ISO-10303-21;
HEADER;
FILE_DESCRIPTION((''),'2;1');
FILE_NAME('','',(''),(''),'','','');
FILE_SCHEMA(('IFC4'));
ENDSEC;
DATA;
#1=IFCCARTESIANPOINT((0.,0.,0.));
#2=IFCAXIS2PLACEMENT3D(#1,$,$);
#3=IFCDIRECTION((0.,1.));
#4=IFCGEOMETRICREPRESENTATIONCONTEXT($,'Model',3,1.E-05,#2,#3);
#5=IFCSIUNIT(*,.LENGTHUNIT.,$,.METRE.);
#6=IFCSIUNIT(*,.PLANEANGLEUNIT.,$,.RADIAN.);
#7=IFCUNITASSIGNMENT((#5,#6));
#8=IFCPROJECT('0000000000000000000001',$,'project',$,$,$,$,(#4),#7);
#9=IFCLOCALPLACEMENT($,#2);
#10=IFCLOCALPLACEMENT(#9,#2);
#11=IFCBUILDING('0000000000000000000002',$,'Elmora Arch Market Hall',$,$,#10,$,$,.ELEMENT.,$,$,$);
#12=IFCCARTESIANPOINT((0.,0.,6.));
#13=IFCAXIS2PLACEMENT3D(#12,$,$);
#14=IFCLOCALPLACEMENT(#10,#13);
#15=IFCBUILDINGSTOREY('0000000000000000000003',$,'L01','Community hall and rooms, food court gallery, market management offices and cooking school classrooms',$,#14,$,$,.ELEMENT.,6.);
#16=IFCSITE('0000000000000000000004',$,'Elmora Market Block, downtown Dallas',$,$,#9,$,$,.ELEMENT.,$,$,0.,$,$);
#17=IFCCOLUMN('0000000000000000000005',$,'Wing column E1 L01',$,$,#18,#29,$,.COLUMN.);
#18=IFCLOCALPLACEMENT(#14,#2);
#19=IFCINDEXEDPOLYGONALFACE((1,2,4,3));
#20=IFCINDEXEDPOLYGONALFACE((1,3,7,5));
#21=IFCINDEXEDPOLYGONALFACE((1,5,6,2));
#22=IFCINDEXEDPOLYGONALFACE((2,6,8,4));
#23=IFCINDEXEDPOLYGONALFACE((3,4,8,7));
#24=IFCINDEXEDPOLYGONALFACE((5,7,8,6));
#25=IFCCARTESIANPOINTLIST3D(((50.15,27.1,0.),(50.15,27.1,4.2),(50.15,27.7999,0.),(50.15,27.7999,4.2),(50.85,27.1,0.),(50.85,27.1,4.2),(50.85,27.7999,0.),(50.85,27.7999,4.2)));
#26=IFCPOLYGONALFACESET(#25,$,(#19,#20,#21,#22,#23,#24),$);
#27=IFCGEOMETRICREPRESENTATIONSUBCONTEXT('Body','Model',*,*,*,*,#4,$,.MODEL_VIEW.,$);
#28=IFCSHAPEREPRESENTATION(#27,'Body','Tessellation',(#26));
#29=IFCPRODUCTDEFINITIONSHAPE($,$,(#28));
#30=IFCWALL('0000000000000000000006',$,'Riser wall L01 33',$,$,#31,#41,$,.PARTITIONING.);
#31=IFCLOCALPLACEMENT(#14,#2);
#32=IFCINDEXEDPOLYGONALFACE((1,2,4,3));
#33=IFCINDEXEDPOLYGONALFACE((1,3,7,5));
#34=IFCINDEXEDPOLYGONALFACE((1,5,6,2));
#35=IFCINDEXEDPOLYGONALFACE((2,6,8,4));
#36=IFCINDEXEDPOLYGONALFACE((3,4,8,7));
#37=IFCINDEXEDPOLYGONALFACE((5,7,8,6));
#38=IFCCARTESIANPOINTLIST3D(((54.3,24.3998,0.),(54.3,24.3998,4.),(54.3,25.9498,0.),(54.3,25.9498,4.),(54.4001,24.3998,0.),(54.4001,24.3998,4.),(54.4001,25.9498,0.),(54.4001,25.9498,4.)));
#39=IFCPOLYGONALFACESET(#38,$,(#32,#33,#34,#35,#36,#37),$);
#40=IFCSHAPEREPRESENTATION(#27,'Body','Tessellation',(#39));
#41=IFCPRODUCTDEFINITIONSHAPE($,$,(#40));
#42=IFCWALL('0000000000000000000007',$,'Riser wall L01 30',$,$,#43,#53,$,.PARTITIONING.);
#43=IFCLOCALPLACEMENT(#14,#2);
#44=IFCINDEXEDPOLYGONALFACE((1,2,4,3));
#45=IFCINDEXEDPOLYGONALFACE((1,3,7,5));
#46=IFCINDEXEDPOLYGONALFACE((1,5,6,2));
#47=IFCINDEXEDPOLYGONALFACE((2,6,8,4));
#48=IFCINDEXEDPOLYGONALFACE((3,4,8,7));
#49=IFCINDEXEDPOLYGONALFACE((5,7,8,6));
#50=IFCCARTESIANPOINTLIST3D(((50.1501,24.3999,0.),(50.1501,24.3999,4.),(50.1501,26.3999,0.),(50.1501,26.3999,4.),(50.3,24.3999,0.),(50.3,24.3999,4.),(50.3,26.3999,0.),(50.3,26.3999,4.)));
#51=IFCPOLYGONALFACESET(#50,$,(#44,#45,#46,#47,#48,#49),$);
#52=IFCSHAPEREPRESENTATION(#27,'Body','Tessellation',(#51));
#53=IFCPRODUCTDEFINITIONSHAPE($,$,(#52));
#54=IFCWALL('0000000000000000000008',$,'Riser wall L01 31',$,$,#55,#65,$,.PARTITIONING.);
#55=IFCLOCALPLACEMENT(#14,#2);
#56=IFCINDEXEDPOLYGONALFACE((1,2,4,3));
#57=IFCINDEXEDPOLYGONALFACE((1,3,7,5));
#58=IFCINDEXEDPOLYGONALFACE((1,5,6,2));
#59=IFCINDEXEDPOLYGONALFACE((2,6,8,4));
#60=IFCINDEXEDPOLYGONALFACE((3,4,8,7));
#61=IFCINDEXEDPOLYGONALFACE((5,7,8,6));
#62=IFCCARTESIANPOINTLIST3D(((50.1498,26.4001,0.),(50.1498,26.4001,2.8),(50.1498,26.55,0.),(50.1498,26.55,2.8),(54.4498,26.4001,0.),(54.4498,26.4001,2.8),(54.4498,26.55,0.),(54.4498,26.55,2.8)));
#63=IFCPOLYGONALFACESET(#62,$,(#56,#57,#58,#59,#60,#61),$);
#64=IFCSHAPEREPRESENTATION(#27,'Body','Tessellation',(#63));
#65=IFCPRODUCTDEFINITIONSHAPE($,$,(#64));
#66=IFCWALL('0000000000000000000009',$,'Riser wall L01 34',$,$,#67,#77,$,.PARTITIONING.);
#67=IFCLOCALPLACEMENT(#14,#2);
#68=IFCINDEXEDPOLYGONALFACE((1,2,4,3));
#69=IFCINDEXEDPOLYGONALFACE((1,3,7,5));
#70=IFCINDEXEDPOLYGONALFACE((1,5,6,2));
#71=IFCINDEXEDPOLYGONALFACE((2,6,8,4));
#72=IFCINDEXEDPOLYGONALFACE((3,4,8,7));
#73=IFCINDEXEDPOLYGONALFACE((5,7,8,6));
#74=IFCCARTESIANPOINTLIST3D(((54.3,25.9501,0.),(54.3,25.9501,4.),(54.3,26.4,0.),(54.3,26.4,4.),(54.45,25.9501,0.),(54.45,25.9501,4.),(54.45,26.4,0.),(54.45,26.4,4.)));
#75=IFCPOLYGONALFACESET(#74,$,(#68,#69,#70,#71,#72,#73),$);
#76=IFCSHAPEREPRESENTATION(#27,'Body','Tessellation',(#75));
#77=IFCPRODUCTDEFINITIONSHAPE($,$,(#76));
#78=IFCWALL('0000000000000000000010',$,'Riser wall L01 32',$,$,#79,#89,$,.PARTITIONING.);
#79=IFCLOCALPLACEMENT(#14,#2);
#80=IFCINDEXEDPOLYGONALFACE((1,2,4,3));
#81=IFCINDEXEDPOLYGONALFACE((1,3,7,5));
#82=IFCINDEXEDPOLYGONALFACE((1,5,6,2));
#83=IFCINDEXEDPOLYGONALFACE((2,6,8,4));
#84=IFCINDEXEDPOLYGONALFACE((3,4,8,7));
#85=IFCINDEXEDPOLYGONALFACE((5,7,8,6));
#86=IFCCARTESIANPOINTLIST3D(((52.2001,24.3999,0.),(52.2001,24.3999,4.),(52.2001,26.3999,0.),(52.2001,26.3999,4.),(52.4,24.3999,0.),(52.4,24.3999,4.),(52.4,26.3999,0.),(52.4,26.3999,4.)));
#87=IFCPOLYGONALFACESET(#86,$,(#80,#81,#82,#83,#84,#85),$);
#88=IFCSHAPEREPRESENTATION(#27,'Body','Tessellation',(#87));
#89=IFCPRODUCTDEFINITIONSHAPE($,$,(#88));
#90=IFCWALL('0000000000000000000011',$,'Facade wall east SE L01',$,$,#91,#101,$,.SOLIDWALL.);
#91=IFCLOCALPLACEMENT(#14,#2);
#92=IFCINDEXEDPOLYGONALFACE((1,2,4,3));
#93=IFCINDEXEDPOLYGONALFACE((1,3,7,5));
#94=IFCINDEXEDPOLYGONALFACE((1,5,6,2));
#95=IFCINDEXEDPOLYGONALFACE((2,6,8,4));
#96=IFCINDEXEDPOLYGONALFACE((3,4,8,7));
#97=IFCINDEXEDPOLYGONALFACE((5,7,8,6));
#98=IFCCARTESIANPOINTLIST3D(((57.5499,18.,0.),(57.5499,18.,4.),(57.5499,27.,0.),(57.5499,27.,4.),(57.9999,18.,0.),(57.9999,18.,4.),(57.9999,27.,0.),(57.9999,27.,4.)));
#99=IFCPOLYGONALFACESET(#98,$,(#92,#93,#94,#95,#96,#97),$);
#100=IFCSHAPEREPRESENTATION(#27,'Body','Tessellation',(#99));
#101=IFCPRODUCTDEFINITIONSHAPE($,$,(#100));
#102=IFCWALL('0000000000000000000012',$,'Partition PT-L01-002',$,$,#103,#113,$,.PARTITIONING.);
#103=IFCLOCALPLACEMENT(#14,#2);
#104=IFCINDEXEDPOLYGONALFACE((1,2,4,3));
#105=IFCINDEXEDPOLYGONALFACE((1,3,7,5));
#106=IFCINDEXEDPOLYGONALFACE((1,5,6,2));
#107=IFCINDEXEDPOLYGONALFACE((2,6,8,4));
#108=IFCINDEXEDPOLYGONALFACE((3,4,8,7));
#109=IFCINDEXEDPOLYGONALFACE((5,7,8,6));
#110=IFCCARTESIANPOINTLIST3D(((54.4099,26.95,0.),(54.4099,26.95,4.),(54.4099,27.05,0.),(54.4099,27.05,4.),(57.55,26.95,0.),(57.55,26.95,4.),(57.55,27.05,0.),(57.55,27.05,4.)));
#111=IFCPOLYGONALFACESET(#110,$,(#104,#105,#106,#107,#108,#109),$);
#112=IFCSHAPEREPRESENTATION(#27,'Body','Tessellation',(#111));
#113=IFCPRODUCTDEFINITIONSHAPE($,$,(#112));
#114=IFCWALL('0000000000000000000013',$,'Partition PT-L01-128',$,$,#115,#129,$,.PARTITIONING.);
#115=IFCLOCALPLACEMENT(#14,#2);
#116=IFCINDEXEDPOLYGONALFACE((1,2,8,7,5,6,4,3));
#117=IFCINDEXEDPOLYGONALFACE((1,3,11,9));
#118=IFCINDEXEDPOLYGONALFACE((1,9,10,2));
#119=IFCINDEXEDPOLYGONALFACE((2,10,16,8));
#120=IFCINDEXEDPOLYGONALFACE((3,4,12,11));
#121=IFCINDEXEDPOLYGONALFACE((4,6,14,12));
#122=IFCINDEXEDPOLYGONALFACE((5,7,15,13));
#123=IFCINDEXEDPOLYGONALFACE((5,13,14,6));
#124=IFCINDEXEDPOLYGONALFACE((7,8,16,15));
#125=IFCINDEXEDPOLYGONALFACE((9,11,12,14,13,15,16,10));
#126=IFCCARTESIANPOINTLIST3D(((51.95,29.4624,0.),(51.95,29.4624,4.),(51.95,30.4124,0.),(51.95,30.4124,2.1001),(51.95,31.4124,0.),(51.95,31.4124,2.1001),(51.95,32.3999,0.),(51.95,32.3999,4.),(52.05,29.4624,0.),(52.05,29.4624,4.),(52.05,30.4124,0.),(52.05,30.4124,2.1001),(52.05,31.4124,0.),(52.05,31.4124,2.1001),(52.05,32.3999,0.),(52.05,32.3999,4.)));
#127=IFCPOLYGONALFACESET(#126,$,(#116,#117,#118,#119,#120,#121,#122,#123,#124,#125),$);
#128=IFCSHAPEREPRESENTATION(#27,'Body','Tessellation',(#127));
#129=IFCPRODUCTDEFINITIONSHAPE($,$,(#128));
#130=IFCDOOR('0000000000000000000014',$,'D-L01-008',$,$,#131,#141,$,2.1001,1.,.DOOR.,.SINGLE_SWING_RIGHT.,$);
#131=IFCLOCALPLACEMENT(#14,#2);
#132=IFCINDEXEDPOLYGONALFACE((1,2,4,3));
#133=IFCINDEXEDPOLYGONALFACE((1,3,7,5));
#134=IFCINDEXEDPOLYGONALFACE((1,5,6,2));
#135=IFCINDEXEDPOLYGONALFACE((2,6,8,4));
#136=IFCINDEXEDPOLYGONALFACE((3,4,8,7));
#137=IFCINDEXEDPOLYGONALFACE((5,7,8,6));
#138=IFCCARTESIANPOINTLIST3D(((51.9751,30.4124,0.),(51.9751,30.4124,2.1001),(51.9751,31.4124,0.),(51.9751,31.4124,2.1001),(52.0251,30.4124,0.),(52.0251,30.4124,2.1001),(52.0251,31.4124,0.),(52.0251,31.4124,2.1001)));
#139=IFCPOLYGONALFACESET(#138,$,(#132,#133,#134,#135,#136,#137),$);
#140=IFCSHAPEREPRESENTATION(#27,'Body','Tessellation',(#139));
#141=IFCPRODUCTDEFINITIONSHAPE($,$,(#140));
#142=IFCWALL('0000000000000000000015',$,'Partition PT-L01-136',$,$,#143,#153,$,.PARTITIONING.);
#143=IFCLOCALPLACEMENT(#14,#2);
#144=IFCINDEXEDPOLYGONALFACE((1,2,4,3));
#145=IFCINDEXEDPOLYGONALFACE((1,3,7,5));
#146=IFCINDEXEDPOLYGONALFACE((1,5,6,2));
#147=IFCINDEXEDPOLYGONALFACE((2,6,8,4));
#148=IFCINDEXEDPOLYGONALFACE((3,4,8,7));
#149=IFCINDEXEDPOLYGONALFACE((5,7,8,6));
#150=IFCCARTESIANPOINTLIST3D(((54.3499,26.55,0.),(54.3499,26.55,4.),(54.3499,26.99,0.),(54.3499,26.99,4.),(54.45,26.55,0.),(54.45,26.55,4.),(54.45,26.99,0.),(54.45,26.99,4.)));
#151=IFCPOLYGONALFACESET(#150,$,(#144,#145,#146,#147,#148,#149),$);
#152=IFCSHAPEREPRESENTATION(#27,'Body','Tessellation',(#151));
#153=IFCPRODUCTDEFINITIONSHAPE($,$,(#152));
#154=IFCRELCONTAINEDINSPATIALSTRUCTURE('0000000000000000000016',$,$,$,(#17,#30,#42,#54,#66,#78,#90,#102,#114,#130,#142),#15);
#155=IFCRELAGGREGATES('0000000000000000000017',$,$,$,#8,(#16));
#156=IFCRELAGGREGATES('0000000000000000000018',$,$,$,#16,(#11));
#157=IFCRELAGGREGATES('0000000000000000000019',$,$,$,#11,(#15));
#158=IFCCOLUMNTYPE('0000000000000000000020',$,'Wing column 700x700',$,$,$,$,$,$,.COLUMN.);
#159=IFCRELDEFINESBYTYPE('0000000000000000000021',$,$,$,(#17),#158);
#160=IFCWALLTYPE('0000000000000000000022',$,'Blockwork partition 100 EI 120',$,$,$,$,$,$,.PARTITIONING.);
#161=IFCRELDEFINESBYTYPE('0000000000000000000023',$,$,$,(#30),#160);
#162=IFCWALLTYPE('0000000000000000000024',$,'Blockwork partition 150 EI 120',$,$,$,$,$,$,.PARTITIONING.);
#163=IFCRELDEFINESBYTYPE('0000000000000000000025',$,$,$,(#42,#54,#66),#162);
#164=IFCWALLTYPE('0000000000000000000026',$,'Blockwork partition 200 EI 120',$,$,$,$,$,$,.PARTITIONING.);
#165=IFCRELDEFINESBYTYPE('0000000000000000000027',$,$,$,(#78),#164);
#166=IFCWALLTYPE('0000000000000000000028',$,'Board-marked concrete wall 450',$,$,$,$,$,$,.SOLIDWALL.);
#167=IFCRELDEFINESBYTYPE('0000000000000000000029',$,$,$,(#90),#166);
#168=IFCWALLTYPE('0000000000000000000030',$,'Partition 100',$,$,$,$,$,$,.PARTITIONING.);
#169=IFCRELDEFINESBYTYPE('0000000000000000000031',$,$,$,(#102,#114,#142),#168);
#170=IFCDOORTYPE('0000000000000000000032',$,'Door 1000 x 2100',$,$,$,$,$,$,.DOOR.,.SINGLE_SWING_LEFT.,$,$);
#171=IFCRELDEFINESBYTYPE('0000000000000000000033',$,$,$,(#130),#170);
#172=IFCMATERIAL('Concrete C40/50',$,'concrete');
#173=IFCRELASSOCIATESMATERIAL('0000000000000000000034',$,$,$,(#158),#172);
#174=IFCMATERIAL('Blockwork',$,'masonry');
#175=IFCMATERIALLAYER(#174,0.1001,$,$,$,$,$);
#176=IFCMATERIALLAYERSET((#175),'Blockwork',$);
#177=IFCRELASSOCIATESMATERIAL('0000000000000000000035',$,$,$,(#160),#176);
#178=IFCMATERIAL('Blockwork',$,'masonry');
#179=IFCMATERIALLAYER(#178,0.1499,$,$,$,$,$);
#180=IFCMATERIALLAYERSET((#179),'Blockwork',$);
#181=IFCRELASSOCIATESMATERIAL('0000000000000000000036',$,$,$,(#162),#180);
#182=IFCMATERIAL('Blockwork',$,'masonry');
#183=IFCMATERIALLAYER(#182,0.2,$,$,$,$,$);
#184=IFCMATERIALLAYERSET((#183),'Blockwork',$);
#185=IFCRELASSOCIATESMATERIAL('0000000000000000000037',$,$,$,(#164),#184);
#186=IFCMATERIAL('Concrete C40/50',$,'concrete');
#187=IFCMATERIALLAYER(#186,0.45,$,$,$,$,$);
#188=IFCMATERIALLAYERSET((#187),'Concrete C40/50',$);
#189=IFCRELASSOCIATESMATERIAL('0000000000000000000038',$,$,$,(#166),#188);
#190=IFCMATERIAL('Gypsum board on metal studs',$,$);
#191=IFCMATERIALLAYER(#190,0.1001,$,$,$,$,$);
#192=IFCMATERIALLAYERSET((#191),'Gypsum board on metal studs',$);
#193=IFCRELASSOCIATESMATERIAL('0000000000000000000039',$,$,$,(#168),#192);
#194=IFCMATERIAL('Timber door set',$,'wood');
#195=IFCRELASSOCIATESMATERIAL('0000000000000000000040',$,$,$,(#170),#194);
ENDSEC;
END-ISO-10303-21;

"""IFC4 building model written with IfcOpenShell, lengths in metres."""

from ifc_helpers import new_model, si_unit, direction, frame, frame_2d, origin, origin_2d, place, context, subcontext, project, spatial, rectangle, extrude, material, layer, layer_set, material_profile, profile_set, type_object, element, fill, save


model = new_model("IFC4")

# Units and contexts
model_context = context("Model", 3, precision=1e-05, world=origin(), true_north=direction((0.0, 1.0)))
body_context = subcontext(model_context, "Body", "Model", "MODEL_VIEW")
ifc_project = project(units=[si_unit("LENGTHUNIT", "METRE"), si_unit("PLANEANGLEUNIT", "RADIAN")], contexts=[model_context])

# Site, building, storey
site_placement = place(None, origin())
site = spatial("IfcSite", under=ifc_project, at=site_placement, Name="Elmora Market Block, downtown Dallas", CompositionType="ELEMENT", RefElevation=0.0)
building_placement = place(site_placement, origin())
building = spatial("IfcBuilding", under=site, at=building_placement, Name="Elmora Arch Market Hall", CompositionType="ELEMENT")
storey_placement = place(building_placement, frame((0.0, 0.0, 6.0)))
storey = spatial("IfcBuildingStorey", under=building, at=storey_placement, Name="L01", Description="Community hall and rooms, food court gallery, market management offices and cooking school classrooms", CompositionType="ELEMENT", Elevation=6.0)

# Column
ifc_material_1 = material(Name="Concrete C40/50", Category="concrete")
ifc_material_profile = material_profile(ifc_material_1, rectangle(XDim=0.7, YDim=0.7, at=origin_2d()), Name="Wing column 700x700")
ifc_profile_set = profile_set([ifc_material_profile], Name="Concrete C40/50")
column_type = type_object("IfcColumnType", Name="Wing column 700x700", PredefinedType="COLUMN", material=ifc_profile_set)
column_placement = place(storey_placement, frame((50.5, 27.45, 0.0), z_axis=(0.0, 0.0, 1.0), x_axis=(1.0, 0.0, 0.0)))
element("IfcColumn", 1, at=column_placement, inside=storey, type_object=column_type, Name="Wing column E1 L01", PredefinedType="COLUMN", context=body_context, shape_type="SweptSolid", body=[
    extrude(rectangle(XDim=0.7, YDim=0.7, at=origin_2d()), origin(), (0.0, 0.0, 1.0), 4.2),
])

# Walls
ifc_material_2 = material(Name="Blockwork", Category="masonry")
ifc_layer_1 = layer(ifc_material_2, 0.1001)
ifc_layer_set_1 = layer_set([ifc_layer_1], Name="Blockwork")
wall_type_1 = type_object("IfcWallType", Name="Blockwork partition 100 EI 120", PredefinedType="PARTITIONING", material=ifc_layer_set_1)
wall_1_placement = place(storey_placement, frame((54.3501, 24.3999, 0.0), z_axis=(0.0, 0.0, 1.0), x_axis=(0.0, 1.0, 0.0)))
element("IfcWall", 2, at=wall_1_placement, inside=storey, type_object=wall_type_1, Name="Riser wall L01 33", PredefinedType="PARTITIONING", context=body_context, shape_type="SweptSolid", body=[
    extrude(rectangle(XDim=1.55, YDim=0.1001, at=frame_2d((0.7749, 0.0))), origin(), (0.0, 0.0, 1.0), 4.0),
])
ifc_material_3 = material(Name="Blockwork", Category="masonry")
ifc_layer_2 = layer(ifc_material_3, 0.1499)
ifc_layer_set_2 = layer_set([ifc_layer_2], Name="Blockwork")
wall_type_2 = type_object("IfcWallType", Name="Blockwork partition 150 EI 120", PredefinedType="PARTITIONING", material=ifc_layer_set_2)
wall_2_placement = place(storey_placement, frame((50.2251, 24.3999, 0.0), z_axis=(0.0, 0.0, 1.0), x_axis=(0.0, 1.0, 0.0)))
element("IfcWall", 3, at=wall_2_placement, inside=storey, type_object=wall_type_2, Name="Riser wall L01 30", PredefinedType="PARTITIONING", context=body_context, shape_type="SweptSolid", body=[
    extrude(rectangle(XDim=2.0, YDim=0.1499, at=frame_2d((1.0, 0.0))), origin(), (0.0, 0.0, 1.0), 4.0),
])
wall_3_placement = place(storey_placement, frame((50.1499, 26.4751, 0.0), z_axis=(0.0, 0.0, 1.0), x_axis=(1.0, 0.0, 0.0)))
element("IfcWall", 4, at=wall_3_placement, inside=storey, type_object=wall_type_2, Name="Riser wall L01 31", PredefinedType="PARTITIONING", context=body_context, shape_type="SweptSolid", body=[
    extrude(rectangle(XDim=4.3, YDim=0.1499, at=frame_2d((2.1499, 0.0))), origin(), (0.0, 0.0, 1.0), 2.8),
])
wall_4_placement = place(storey_placement, frame((54.375, 25.95, 0.0), z_axis=(0.0, 0.0, 1.0), x_axis=(0.0, 1.0, 0.0)))
element("IfcWall", 5, at=wall_4_placement, inside=storey, type_object=wall_type_2, Name="Riser wall L01 34", PredefinedType="PARTITIONING", context=body_context, shape_type="SweptSolid", body=[
    extrude(rectangle(XDim=0.45, YDim=0.1499, at=frame_2d((0.2251, 0.0))), origin(), (0.0, 0.0, 1.0), 4.0),
])
ifc_material_4 = material(Name="Blockwork", Category="masonry")
ifc_layer_3 = layer(ifc_material_4, 0.2)
ifc_layer_set_3 = layer_set([ifc_layer_3], Name="Blockwork")
wall_type_3 = type_object("IfcWallType", Name="Blockwork partition 200 EI 120", PredefinedType="PARTITIONING", material=ifc_layer_set_3)
wall_5_placement = place(storey_placement, frame((52.3, 24.3999, 0.0), z_axis=(0.0, 0.0, 1.0), x_axis=(0.0, 1.0, 0.0)))
element("IfcWall", 6, at=wall_5_placement, inside=storey, type_object=wall_type_3, Name="Riser wall L01 32", PredefinedType="PARTITIONING", context=body_context, shape_type="SweptSolid", body=[
    extrude(rectangle(XDim=2.0, YDim=0.2, at=frame_2d((1.0, 0.0))), origin(), (0.0, 0.0, 1.0), 4.0),
])
ifc_material_5 = material(Name="Concrete C40/50", Category="concrete")
ifc_layer_4 = layer(ifc_material_5, 0.45)
ifc_layer_set_4 = layer_set([ifc_layer_4], Name="Concrete C40/50")
wall_type_4 = type_object("IfcWallType", Name="Board-marked concrete wall 450", PredefinedType="SOLIDWALL", material=ifc_layer_set_4)
wall_6_placement = place(storey_placement, frame((57.7749, 27.0, 0.0), z_axis=(0.0, 0.0, 1.0), x_axis=(0.0, -1.0, 0.0)))
element("IfcWall", 7, at=wall_6_placement, inside=storey, type_object=wall_type_4, Name="Facade wall east SE L01", PredefinedType="SOLIDWALL", context=body_context, shape_type="SweptSolid", body=[
    extrude(rectangle(XDim=9.0, YDim=0.45, at=frame_2d((4.5, 0.0))), origin(), (0.0, 0.0, 1.0), 4.0),
])
ifc_material_6 = material(Name="Gypsum board on metal studs")
ifc_layer_5 = layer(ifc_material_6, 0.1001)
ifc_layer_set_5 = layer_set([ifc_layer_5], Name="Gypsum board on metal studs")
wall_type_5 = type_object("IfcWallType", Name="Partition 100", PredefinedType="PARTITIONING", material=ifc_layer_set_5)
wall_7_placement = place(storey_placement, frame((54.4099, 27.0, 0.0), z_axis=(0.0, 0.0, 1.0), x_axis=(1.0, 0.0, 0.0)))
element("IfcWall", 8, at=wall_7_placement, inside=storey, type_object=wall_type_5, Name="Partition PT-L01-002", PredefinedType="PARTITIONING", context=body_context, shape_type="SweptSolid", body=[
    extrude(rectangle(XDim=3.1401, YDim=0.1001, at=frame_2d((1.5701, 0.0))), origin(), (0.0, 0.0, 1.0), 4.0),
])

# Wall, opening, door
wall_8_placement = place(storey_placement, frame((52.0, 29.4624, 0.0), z_axis=(0.0, 0.0, 1.0), x_axis=(0.0, 1.0, 0.0)))
wall_8 = element("IfcWall", 9, at=wall_8_placement, inside=storey, type_object=wall_type_5, Name="Partition PT-L01-128", PredefinedType="PARTITIONING", context=body_context, shape_type="SweptSolid", body=[
    extrude(rectangle(XDim=2.9375, YDim=0.1001, at=frame_2d((1.4688, 0.0))), origin(), (0.0, 0.0, 1.0), 4.0),
])
opening_1_placement = place(wall_8_placement, frame((0.95, 0.0, 0.0)))
opening_1 = element("IfcOpeningElement", 10, at=opening_1_placement, cuts=wall_8, PredefinedType="OPENING", context=body_context, shape_type="SweptSolid", body=[
    extrude(rectangle(XDim=1.0, YDim=2.1001, at=frame_2d((0.5, 1.05))), frame((0.0, 0.0601, 0.0), z_axis=(0.0, -1.0, 0.0), x_axis=(1.0, 0.0, 0.0)), (0.0, 0.0, 1.0), 0.1201),
])
ifc_material_7 = material(Name="Timber door set", Category="wood")
door_type_1 = type_object("IfcDoorType", Name="Door 1000 x 2100", OperationType="SINGLE_SWING_LEFT", PredefinedType="DOOR", material=ifc_material_7)
door_1_placement = place(opening_1_placement, origin())
door_1 = element("IfcDoor", 11, at=door_1_placement, inside=storey, type_object=door_type_1, Name="D-L01-008", OperationType="SINGLE_SWING_RIGHT", OverallHeight=2.1001, OverallWidth=1.0, PredefinedType="DOOR", context=body_context, shape_type="SweptSolid", body=[
    extrude(rectangle(XDim=1.0, YDim=2.1001, at=frame_2d((0.5, 1.05))), frame((0.0, 0.0249, 0.0), z_axis=(0.0, -1.0, 0.0), x_axis=(1.0, 0.0, 0.0)), (0.0, 0.0, 1.0), 0.05),
])
fill(opening_1, door_1)

# Wall
wall_9_placement = place(storey_placement, frame((54.3999, 26.55, 0.0), z_axis=(0.0, 0.0, 1.0), x_axis=(0.0, 1.0, 0.0)))
element("IfcWall", 12, at=wall_9_placement, inside=storey, type_object=wall_type_5, Name="Partition PT-L01-136", PredefinedType="PARTITIONING", context=body_context, shape_type="SweptSolid", body=[
    extrude(rectangle(XDim=0.4399, YDim=0.1001, at=frame_2d((0.22, 0.0))), origin(), (0.0, 0.0, 1.0), 4.0),
])

save(model, "model.ifc")
